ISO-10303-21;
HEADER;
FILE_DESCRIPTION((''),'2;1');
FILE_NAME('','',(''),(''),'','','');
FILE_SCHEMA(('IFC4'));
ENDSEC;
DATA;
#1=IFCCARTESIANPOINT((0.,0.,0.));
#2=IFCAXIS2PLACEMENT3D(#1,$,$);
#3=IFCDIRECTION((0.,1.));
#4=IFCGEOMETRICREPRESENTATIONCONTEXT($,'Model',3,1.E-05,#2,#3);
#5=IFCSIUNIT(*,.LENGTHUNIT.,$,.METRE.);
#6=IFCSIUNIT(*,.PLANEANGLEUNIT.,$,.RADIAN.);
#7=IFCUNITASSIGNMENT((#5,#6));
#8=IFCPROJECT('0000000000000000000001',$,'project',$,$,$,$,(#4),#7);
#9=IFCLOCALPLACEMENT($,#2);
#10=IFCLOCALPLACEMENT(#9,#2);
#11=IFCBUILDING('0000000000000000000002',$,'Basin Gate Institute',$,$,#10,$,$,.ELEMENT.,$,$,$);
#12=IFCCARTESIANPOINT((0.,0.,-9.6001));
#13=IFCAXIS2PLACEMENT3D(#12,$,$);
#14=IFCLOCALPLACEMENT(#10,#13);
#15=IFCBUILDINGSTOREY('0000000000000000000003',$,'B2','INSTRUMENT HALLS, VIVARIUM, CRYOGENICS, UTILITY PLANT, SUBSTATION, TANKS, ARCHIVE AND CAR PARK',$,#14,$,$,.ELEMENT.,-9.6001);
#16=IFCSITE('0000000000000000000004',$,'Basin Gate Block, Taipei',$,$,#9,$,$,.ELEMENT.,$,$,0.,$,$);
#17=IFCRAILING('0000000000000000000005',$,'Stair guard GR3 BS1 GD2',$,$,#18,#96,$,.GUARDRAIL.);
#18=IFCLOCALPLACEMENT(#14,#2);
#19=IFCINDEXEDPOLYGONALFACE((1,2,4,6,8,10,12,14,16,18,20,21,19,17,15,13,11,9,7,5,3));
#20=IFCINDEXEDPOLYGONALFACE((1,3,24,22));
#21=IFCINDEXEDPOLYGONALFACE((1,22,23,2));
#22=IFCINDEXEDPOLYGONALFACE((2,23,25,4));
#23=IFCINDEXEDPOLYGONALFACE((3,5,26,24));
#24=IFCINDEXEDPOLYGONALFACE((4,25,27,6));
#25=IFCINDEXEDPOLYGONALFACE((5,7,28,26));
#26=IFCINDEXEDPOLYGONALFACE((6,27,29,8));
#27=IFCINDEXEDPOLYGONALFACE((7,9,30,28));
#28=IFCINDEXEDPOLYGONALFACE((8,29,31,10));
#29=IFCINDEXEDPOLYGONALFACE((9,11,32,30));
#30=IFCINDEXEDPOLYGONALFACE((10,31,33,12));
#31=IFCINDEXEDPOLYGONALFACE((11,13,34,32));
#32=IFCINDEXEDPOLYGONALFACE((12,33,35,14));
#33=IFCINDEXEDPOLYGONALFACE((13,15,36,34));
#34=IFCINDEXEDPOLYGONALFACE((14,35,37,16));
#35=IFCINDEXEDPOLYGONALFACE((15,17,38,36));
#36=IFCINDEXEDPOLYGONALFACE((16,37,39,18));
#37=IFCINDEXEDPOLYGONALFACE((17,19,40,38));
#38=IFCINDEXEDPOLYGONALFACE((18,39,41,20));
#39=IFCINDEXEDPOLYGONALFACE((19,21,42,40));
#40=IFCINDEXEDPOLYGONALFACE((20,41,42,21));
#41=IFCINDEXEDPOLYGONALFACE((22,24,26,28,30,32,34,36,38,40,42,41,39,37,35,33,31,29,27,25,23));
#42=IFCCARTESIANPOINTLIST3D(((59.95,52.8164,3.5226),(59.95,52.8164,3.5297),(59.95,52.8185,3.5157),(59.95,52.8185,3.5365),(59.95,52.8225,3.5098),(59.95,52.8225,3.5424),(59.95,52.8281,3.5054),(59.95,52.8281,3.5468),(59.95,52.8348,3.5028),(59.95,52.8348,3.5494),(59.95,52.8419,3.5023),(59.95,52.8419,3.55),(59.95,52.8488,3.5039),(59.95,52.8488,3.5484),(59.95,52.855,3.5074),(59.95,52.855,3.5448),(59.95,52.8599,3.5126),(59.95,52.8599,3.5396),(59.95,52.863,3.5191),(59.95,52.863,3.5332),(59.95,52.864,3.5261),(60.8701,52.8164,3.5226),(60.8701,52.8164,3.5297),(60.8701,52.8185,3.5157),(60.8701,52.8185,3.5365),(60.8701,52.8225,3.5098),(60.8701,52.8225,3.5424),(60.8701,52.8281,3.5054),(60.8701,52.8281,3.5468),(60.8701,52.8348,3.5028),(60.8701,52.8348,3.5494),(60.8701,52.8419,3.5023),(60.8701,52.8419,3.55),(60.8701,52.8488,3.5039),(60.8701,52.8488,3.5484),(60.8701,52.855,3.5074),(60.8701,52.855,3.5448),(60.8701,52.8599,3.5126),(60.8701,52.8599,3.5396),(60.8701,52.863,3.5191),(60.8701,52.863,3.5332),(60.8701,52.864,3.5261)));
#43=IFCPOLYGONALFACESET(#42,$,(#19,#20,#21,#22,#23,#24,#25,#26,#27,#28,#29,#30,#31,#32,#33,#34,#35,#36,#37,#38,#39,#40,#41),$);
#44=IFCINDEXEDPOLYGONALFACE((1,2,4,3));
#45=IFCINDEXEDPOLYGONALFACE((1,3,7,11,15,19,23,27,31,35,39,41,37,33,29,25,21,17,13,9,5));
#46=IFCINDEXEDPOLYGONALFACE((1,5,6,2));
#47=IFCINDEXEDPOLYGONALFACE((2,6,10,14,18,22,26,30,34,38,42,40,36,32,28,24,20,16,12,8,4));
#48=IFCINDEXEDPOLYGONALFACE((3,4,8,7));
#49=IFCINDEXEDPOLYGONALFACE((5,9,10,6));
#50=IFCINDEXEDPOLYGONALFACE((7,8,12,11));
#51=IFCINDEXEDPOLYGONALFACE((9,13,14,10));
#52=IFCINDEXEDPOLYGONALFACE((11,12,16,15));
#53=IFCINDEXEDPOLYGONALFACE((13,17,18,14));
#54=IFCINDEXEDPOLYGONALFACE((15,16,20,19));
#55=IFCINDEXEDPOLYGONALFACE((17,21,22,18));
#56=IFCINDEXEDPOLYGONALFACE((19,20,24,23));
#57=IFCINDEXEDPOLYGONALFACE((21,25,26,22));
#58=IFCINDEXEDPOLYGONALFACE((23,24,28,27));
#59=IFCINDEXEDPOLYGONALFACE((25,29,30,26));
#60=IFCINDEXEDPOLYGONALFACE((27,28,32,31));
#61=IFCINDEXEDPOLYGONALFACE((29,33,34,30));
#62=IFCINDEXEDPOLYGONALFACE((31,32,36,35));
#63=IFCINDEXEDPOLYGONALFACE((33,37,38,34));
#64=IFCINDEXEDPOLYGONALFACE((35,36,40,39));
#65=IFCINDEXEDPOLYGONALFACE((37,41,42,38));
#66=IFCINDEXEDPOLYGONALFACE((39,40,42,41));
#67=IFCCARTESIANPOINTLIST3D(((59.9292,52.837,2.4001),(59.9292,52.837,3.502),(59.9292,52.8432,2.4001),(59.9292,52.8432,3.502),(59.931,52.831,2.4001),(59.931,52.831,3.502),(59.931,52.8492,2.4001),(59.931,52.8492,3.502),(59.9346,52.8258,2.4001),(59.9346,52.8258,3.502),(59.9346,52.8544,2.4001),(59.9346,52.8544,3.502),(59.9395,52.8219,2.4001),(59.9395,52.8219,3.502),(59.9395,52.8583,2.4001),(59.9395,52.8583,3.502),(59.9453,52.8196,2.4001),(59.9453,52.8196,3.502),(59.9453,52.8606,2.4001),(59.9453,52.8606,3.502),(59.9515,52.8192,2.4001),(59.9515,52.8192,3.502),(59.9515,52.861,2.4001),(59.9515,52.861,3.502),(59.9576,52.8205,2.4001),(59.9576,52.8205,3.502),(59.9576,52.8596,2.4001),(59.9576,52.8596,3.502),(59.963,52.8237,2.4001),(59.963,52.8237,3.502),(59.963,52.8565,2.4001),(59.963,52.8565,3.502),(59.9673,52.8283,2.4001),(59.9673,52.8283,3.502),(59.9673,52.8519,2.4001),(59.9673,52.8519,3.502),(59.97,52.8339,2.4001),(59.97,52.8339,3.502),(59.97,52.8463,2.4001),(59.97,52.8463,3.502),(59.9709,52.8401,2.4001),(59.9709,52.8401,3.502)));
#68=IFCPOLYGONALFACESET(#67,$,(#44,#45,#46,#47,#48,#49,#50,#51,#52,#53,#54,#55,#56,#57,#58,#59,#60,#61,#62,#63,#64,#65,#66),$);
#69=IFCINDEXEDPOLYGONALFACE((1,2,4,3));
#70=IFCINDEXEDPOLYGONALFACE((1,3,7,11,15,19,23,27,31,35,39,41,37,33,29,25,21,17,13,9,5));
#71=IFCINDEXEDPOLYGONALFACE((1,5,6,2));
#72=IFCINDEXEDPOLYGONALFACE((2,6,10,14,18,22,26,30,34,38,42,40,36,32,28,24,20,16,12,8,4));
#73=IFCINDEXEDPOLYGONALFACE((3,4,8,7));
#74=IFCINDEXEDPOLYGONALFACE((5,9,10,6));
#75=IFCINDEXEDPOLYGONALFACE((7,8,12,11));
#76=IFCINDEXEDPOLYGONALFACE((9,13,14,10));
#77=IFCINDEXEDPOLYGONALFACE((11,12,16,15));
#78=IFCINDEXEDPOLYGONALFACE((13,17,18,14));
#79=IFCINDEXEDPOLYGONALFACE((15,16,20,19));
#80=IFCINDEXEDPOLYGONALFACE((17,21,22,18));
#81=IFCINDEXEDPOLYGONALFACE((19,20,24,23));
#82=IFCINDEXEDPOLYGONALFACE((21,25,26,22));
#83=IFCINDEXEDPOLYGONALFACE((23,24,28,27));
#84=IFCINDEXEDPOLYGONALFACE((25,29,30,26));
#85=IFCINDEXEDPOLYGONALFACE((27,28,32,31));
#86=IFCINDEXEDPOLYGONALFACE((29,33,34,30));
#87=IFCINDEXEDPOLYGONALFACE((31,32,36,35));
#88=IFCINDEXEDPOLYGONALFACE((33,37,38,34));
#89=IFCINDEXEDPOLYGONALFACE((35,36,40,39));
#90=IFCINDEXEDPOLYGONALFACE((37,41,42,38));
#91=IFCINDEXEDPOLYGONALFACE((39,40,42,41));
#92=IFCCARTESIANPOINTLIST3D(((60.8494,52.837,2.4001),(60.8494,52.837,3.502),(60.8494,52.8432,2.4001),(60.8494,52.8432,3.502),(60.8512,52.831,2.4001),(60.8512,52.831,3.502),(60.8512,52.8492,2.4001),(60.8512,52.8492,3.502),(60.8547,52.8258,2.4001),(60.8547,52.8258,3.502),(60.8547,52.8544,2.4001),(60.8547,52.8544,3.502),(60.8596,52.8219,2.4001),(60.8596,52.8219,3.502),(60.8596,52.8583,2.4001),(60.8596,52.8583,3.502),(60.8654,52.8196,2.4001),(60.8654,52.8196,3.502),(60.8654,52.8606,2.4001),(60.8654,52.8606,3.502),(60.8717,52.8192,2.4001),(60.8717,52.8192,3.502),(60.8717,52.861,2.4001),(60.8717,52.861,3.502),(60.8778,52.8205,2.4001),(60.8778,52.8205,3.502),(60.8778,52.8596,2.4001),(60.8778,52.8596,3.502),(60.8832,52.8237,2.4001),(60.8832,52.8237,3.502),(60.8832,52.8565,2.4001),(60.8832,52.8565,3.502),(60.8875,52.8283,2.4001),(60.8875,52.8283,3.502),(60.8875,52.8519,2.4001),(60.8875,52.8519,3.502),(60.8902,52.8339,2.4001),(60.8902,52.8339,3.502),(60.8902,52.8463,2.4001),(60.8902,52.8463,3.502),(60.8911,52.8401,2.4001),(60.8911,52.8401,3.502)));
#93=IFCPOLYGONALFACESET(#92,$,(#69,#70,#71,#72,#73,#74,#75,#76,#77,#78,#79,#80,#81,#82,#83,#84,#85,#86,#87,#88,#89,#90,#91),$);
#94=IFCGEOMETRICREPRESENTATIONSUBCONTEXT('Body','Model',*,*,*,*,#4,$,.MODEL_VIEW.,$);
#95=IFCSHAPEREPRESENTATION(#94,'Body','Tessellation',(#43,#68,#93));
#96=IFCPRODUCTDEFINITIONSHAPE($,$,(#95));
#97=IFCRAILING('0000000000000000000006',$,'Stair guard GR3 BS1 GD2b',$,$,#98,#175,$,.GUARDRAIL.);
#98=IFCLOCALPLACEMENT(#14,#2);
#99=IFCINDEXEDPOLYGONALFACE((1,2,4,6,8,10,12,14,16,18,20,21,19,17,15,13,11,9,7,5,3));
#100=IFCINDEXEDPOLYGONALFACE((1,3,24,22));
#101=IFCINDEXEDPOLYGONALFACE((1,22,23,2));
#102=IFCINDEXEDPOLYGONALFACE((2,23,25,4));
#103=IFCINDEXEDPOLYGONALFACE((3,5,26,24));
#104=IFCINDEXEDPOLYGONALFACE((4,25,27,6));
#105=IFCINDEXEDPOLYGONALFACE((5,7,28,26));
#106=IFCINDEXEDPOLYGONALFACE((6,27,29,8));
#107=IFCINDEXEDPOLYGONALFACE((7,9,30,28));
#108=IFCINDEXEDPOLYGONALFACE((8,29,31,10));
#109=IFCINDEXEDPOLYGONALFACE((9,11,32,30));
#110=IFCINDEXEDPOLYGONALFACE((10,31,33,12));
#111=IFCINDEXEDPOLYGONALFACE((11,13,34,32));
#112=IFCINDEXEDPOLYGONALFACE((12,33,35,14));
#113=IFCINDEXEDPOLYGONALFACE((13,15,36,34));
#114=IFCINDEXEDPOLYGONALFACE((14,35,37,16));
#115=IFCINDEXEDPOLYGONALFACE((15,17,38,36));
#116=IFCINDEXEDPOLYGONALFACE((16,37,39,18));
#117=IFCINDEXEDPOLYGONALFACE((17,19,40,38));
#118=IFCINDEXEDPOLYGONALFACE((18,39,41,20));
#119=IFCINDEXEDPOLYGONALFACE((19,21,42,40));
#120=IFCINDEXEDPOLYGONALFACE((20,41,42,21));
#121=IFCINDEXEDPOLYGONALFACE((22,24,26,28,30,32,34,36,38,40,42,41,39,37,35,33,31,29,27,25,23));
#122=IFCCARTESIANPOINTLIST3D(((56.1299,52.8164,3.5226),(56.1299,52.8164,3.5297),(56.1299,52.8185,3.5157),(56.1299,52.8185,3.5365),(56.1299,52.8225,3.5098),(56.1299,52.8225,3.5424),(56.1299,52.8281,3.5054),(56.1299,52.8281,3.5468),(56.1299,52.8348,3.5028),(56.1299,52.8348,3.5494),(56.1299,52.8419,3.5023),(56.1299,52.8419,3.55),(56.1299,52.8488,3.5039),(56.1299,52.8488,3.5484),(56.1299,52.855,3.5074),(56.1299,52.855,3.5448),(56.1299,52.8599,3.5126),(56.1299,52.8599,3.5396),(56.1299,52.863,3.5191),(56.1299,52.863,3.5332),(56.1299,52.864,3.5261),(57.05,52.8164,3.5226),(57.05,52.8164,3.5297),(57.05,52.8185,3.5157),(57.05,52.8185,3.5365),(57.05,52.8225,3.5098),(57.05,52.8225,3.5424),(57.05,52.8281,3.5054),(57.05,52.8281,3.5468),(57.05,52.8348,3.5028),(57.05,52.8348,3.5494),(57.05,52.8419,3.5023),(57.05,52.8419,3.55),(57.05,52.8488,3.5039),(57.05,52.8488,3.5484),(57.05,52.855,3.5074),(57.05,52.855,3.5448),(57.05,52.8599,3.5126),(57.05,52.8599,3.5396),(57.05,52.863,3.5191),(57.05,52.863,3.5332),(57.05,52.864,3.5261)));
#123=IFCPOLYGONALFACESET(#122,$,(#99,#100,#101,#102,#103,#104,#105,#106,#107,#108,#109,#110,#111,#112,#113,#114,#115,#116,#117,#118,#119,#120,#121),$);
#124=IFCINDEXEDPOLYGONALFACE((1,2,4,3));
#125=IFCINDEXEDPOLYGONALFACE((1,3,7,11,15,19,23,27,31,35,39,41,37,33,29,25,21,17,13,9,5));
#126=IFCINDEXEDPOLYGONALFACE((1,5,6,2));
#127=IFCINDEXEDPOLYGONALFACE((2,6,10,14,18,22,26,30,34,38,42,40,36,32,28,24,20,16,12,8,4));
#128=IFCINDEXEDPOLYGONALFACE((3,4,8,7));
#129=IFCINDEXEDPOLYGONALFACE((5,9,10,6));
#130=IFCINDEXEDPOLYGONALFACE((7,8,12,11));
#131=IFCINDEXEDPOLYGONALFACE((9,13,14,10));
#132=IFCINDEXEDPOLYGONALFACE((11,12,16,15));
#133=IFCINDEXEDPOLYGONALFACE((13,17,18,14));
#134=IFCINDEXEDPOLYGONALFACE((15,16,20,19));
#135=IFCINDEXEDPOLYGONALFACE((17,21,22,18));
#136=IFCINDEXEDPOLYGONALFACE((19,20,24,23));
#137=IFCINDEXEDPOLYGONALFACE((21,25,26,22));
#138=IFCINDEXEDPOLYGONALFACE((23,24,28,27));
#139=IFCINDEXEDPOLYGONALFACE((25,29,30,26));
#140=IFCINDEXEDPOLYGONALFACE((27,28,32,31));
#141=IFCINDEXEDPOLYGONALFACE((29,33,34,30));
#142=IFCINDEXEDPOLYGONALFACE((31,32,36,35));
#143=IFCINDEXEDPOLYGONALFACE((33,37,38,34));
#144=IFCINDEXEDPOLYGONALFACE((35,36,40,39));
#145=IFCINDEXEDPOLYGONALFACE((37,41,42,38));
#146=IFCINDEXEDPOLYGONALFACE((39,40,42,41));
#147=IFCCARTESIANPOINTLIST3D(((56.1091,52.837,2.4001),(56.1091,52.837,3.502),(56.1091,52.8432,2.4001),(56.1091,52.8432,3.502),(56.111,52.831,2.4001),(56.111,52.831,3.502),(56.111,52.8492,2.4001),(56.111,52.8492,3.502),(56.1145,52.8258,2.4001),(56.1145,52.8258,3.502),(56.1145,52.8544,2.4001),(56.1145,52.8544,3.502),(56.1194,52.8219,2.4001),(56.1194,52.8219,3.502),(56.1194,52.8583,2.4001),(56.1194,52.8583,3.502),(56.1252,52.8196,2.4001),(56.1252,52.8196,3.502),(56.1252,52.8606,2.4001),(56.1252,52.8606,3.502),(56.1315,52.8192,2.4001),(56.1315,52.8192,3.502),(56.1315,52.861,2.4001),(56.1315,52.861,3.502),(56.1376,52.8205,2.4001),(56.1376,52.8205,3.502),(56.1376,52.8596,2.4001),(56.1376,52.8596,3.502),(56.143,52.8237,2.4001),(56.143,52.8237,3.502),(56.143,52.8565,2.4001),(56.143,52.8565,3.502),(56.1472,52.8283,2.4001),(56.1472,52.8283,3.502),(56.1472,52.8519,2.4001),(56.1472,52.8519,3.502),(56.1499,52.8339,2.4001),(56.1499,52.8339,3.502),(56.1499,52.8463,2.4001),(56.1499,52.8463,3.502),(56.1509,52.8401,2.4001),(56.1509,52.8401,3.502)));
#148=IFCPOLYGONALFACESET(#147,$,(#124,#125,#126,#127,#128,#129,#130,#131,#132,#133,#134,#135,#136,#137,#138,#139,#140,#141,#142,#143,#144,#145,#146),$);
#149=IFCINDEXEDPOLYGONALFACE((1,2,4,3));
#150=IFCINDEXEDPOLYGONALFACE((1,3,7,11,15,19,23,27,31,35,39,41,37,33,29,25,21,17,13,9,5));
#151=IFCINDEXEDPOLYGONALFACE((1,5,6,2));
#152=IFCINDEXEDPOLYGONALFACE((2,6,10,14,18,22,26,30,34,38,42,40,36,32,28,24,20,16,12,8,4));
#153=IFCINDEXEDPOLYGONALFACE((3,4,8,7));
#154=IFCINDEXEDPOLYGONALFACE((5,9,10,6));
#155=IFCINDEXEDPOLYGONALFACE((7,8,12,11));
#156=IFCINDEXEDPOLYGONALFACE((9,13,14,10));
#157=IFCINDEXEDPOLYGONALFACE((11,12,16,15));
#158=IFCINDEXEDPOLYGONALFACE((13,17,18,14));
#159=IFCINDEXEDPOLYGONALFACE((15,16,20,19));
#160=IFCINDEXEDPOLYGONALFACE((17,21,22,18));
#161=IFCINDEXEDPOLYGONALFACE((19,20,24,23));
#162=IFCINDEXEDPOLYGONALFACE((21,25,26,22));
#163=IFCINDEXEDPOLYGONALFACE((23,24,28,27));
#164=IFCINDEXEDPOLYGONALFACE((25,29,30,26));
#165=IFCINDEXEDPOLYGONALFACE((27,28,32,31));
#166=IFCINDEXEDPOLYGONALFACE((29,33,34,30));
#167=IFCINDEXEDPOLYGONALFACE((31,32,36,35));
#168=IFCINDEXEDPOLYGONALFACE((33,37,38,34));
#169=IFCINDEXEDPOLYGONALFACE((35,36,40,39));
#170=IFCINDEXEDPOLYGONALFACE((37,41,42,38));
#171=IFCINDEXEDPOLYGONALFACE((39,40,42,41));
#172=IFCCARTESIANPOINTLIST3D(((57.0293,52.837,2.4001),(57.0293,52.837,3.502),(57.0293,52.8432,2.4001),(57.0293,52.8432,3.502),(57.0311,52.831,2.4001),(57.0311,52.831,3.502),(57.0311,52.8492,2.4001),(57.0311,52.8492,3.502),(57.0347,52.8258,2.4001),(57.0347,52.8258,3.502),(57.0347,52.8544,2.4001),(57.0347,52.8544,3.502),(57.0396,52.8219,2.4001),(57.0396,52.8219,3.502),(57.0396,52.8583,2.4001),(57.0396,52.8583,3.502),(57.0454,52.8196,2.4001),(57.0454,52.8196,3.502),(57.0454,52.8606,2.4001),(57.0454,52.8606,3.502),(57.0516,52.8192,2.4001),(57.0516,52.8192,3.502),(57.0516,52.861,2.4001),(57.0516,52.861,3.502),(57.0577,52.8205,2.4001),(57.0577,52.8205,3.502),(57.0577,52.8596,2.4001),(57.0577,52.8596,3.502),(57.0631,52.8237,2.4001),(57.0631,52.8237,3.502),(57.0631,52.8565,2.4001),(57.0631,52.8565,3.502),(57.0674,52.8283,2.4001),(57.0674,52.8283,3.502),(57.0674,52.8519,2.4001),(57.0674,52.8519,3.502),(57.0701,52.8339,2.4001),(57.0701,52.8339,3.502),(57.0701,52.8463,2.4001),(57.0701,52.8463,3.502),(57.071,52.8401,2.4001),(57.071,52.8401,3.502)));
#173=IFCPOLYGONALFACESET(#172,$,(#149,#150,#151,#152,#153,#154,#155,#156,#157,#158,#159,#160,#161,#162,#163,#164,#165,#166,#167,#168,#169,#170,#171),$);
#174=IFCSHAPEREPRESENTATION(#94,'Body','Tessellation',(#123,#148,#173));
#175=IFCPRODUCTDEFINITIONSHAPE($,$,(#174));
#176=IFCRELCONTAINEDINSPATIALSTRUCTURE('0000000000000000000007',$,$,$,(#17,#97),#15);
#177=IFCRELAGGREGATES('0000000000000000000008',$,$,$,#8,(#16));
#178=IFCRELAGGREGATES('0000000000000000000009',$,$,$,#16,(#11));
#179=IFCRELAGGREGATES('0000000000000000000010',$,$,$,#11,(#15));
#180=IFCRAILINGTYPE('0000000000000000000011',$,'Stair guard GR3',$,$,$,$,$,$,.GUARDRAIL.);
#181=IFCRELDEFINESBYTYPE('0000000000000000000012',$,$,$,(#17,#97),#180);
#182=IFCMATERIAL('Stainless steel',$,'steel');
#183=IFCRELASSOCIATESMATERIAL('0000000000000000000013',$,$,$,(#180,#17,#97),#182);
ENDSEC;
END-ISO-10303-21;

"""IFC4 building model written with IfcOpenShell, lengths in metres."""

from ifc_helpers import new_model, si_unit, direction, frame, origin, origin_2d, place, context, subcontext, project, spatial, circle, extrude, material, type_object, element, save


model = new_model("IFC4")

# Units and contexts
model_context = context("Model", 3, precision=1e-05, world=origin(), true_north=direction((0.0, 1.0)))
body_context = subcontext(model_context, "Body", "Model", "MODEL_VIEW")
ifc_project = project(units=[si_unit("LENGTHUNIT", "METRE"), si_unit("PLANEANGLEUNIT", "RADIAN")], contexts=[model_context])

# Site, building, storey
site_placement = place(None, origin())
site = spatial("IfcSite", under=ifc_project, at=site_placement, Name="Basin Gate Block, Taipei", CompositionType="ELEMENT", RefElevation=0.0)
building_placement = place(site_placement, origin())
building = spatial("IfcBuilding", under=site, at=building_placement, Name="Basin Gate Institute", CompositionType="ELEMENT")
storey_placement = place(building_placement, frame((0.0, 0.0, -9.6001)))
storey = spatial("IfcBuildingStorey", under=building, at=storey_placement, Name="B2", Description="INSTRUMENT HALLS, VIVARIUM, CRYOGENICS, UTILITY PLANT, SUBSTATION, TANKS, ARCHIVE AND CAR PARK", CompositionType="ELEMENT", Elevation=-9.6001)

# Railings
ifc_material_1 = material(Name="Stainless steel", Category="steel")
railing_type_1 = type_object("IfcRailingType", Name="Stair guard GR3", PredefinedType="GUARDRAIL", material=ifc_material_1)
for number, where, name in (
    (1, (59.95, 52.8401, 2.4001), "Stair guard GR3 BS1 GD2"),
    (2, (56.1299, 52.8401, 2.4001), "Stair guard GR3 BS1 GD2b"),
):
    element("IfcRailing", number, at=place(storey_placement, frame(where)), inside=storey, type_object=railing_type_1, material=ifc_material_1, Name=name, PredefinedType="GUARDRAIL", context=body_context, shape_type="SweptSolid", body=[
        extrude(circle(Radius=0.0239, at=origin_2d()), frame((0.0, 0.0, 1.126), z_axis=(1.0, 0.0, 0.0), x_axis=(0.0, 1.0, 0.0)), (0.0, 0.0, 1.0), 0.9202),
        extrude(circle(Radius=0.021, at=origin_2d()), origin(), (0.0, 0.0, 1.0), 1.1018),
        extrude(circle(Radius=0.021, at=origin_2d()), frame((0.9202, 0.0, 0.0)), (0.0, 0.0, 1.0), 1.1018),
    ])

save(model, "model.ifc")
